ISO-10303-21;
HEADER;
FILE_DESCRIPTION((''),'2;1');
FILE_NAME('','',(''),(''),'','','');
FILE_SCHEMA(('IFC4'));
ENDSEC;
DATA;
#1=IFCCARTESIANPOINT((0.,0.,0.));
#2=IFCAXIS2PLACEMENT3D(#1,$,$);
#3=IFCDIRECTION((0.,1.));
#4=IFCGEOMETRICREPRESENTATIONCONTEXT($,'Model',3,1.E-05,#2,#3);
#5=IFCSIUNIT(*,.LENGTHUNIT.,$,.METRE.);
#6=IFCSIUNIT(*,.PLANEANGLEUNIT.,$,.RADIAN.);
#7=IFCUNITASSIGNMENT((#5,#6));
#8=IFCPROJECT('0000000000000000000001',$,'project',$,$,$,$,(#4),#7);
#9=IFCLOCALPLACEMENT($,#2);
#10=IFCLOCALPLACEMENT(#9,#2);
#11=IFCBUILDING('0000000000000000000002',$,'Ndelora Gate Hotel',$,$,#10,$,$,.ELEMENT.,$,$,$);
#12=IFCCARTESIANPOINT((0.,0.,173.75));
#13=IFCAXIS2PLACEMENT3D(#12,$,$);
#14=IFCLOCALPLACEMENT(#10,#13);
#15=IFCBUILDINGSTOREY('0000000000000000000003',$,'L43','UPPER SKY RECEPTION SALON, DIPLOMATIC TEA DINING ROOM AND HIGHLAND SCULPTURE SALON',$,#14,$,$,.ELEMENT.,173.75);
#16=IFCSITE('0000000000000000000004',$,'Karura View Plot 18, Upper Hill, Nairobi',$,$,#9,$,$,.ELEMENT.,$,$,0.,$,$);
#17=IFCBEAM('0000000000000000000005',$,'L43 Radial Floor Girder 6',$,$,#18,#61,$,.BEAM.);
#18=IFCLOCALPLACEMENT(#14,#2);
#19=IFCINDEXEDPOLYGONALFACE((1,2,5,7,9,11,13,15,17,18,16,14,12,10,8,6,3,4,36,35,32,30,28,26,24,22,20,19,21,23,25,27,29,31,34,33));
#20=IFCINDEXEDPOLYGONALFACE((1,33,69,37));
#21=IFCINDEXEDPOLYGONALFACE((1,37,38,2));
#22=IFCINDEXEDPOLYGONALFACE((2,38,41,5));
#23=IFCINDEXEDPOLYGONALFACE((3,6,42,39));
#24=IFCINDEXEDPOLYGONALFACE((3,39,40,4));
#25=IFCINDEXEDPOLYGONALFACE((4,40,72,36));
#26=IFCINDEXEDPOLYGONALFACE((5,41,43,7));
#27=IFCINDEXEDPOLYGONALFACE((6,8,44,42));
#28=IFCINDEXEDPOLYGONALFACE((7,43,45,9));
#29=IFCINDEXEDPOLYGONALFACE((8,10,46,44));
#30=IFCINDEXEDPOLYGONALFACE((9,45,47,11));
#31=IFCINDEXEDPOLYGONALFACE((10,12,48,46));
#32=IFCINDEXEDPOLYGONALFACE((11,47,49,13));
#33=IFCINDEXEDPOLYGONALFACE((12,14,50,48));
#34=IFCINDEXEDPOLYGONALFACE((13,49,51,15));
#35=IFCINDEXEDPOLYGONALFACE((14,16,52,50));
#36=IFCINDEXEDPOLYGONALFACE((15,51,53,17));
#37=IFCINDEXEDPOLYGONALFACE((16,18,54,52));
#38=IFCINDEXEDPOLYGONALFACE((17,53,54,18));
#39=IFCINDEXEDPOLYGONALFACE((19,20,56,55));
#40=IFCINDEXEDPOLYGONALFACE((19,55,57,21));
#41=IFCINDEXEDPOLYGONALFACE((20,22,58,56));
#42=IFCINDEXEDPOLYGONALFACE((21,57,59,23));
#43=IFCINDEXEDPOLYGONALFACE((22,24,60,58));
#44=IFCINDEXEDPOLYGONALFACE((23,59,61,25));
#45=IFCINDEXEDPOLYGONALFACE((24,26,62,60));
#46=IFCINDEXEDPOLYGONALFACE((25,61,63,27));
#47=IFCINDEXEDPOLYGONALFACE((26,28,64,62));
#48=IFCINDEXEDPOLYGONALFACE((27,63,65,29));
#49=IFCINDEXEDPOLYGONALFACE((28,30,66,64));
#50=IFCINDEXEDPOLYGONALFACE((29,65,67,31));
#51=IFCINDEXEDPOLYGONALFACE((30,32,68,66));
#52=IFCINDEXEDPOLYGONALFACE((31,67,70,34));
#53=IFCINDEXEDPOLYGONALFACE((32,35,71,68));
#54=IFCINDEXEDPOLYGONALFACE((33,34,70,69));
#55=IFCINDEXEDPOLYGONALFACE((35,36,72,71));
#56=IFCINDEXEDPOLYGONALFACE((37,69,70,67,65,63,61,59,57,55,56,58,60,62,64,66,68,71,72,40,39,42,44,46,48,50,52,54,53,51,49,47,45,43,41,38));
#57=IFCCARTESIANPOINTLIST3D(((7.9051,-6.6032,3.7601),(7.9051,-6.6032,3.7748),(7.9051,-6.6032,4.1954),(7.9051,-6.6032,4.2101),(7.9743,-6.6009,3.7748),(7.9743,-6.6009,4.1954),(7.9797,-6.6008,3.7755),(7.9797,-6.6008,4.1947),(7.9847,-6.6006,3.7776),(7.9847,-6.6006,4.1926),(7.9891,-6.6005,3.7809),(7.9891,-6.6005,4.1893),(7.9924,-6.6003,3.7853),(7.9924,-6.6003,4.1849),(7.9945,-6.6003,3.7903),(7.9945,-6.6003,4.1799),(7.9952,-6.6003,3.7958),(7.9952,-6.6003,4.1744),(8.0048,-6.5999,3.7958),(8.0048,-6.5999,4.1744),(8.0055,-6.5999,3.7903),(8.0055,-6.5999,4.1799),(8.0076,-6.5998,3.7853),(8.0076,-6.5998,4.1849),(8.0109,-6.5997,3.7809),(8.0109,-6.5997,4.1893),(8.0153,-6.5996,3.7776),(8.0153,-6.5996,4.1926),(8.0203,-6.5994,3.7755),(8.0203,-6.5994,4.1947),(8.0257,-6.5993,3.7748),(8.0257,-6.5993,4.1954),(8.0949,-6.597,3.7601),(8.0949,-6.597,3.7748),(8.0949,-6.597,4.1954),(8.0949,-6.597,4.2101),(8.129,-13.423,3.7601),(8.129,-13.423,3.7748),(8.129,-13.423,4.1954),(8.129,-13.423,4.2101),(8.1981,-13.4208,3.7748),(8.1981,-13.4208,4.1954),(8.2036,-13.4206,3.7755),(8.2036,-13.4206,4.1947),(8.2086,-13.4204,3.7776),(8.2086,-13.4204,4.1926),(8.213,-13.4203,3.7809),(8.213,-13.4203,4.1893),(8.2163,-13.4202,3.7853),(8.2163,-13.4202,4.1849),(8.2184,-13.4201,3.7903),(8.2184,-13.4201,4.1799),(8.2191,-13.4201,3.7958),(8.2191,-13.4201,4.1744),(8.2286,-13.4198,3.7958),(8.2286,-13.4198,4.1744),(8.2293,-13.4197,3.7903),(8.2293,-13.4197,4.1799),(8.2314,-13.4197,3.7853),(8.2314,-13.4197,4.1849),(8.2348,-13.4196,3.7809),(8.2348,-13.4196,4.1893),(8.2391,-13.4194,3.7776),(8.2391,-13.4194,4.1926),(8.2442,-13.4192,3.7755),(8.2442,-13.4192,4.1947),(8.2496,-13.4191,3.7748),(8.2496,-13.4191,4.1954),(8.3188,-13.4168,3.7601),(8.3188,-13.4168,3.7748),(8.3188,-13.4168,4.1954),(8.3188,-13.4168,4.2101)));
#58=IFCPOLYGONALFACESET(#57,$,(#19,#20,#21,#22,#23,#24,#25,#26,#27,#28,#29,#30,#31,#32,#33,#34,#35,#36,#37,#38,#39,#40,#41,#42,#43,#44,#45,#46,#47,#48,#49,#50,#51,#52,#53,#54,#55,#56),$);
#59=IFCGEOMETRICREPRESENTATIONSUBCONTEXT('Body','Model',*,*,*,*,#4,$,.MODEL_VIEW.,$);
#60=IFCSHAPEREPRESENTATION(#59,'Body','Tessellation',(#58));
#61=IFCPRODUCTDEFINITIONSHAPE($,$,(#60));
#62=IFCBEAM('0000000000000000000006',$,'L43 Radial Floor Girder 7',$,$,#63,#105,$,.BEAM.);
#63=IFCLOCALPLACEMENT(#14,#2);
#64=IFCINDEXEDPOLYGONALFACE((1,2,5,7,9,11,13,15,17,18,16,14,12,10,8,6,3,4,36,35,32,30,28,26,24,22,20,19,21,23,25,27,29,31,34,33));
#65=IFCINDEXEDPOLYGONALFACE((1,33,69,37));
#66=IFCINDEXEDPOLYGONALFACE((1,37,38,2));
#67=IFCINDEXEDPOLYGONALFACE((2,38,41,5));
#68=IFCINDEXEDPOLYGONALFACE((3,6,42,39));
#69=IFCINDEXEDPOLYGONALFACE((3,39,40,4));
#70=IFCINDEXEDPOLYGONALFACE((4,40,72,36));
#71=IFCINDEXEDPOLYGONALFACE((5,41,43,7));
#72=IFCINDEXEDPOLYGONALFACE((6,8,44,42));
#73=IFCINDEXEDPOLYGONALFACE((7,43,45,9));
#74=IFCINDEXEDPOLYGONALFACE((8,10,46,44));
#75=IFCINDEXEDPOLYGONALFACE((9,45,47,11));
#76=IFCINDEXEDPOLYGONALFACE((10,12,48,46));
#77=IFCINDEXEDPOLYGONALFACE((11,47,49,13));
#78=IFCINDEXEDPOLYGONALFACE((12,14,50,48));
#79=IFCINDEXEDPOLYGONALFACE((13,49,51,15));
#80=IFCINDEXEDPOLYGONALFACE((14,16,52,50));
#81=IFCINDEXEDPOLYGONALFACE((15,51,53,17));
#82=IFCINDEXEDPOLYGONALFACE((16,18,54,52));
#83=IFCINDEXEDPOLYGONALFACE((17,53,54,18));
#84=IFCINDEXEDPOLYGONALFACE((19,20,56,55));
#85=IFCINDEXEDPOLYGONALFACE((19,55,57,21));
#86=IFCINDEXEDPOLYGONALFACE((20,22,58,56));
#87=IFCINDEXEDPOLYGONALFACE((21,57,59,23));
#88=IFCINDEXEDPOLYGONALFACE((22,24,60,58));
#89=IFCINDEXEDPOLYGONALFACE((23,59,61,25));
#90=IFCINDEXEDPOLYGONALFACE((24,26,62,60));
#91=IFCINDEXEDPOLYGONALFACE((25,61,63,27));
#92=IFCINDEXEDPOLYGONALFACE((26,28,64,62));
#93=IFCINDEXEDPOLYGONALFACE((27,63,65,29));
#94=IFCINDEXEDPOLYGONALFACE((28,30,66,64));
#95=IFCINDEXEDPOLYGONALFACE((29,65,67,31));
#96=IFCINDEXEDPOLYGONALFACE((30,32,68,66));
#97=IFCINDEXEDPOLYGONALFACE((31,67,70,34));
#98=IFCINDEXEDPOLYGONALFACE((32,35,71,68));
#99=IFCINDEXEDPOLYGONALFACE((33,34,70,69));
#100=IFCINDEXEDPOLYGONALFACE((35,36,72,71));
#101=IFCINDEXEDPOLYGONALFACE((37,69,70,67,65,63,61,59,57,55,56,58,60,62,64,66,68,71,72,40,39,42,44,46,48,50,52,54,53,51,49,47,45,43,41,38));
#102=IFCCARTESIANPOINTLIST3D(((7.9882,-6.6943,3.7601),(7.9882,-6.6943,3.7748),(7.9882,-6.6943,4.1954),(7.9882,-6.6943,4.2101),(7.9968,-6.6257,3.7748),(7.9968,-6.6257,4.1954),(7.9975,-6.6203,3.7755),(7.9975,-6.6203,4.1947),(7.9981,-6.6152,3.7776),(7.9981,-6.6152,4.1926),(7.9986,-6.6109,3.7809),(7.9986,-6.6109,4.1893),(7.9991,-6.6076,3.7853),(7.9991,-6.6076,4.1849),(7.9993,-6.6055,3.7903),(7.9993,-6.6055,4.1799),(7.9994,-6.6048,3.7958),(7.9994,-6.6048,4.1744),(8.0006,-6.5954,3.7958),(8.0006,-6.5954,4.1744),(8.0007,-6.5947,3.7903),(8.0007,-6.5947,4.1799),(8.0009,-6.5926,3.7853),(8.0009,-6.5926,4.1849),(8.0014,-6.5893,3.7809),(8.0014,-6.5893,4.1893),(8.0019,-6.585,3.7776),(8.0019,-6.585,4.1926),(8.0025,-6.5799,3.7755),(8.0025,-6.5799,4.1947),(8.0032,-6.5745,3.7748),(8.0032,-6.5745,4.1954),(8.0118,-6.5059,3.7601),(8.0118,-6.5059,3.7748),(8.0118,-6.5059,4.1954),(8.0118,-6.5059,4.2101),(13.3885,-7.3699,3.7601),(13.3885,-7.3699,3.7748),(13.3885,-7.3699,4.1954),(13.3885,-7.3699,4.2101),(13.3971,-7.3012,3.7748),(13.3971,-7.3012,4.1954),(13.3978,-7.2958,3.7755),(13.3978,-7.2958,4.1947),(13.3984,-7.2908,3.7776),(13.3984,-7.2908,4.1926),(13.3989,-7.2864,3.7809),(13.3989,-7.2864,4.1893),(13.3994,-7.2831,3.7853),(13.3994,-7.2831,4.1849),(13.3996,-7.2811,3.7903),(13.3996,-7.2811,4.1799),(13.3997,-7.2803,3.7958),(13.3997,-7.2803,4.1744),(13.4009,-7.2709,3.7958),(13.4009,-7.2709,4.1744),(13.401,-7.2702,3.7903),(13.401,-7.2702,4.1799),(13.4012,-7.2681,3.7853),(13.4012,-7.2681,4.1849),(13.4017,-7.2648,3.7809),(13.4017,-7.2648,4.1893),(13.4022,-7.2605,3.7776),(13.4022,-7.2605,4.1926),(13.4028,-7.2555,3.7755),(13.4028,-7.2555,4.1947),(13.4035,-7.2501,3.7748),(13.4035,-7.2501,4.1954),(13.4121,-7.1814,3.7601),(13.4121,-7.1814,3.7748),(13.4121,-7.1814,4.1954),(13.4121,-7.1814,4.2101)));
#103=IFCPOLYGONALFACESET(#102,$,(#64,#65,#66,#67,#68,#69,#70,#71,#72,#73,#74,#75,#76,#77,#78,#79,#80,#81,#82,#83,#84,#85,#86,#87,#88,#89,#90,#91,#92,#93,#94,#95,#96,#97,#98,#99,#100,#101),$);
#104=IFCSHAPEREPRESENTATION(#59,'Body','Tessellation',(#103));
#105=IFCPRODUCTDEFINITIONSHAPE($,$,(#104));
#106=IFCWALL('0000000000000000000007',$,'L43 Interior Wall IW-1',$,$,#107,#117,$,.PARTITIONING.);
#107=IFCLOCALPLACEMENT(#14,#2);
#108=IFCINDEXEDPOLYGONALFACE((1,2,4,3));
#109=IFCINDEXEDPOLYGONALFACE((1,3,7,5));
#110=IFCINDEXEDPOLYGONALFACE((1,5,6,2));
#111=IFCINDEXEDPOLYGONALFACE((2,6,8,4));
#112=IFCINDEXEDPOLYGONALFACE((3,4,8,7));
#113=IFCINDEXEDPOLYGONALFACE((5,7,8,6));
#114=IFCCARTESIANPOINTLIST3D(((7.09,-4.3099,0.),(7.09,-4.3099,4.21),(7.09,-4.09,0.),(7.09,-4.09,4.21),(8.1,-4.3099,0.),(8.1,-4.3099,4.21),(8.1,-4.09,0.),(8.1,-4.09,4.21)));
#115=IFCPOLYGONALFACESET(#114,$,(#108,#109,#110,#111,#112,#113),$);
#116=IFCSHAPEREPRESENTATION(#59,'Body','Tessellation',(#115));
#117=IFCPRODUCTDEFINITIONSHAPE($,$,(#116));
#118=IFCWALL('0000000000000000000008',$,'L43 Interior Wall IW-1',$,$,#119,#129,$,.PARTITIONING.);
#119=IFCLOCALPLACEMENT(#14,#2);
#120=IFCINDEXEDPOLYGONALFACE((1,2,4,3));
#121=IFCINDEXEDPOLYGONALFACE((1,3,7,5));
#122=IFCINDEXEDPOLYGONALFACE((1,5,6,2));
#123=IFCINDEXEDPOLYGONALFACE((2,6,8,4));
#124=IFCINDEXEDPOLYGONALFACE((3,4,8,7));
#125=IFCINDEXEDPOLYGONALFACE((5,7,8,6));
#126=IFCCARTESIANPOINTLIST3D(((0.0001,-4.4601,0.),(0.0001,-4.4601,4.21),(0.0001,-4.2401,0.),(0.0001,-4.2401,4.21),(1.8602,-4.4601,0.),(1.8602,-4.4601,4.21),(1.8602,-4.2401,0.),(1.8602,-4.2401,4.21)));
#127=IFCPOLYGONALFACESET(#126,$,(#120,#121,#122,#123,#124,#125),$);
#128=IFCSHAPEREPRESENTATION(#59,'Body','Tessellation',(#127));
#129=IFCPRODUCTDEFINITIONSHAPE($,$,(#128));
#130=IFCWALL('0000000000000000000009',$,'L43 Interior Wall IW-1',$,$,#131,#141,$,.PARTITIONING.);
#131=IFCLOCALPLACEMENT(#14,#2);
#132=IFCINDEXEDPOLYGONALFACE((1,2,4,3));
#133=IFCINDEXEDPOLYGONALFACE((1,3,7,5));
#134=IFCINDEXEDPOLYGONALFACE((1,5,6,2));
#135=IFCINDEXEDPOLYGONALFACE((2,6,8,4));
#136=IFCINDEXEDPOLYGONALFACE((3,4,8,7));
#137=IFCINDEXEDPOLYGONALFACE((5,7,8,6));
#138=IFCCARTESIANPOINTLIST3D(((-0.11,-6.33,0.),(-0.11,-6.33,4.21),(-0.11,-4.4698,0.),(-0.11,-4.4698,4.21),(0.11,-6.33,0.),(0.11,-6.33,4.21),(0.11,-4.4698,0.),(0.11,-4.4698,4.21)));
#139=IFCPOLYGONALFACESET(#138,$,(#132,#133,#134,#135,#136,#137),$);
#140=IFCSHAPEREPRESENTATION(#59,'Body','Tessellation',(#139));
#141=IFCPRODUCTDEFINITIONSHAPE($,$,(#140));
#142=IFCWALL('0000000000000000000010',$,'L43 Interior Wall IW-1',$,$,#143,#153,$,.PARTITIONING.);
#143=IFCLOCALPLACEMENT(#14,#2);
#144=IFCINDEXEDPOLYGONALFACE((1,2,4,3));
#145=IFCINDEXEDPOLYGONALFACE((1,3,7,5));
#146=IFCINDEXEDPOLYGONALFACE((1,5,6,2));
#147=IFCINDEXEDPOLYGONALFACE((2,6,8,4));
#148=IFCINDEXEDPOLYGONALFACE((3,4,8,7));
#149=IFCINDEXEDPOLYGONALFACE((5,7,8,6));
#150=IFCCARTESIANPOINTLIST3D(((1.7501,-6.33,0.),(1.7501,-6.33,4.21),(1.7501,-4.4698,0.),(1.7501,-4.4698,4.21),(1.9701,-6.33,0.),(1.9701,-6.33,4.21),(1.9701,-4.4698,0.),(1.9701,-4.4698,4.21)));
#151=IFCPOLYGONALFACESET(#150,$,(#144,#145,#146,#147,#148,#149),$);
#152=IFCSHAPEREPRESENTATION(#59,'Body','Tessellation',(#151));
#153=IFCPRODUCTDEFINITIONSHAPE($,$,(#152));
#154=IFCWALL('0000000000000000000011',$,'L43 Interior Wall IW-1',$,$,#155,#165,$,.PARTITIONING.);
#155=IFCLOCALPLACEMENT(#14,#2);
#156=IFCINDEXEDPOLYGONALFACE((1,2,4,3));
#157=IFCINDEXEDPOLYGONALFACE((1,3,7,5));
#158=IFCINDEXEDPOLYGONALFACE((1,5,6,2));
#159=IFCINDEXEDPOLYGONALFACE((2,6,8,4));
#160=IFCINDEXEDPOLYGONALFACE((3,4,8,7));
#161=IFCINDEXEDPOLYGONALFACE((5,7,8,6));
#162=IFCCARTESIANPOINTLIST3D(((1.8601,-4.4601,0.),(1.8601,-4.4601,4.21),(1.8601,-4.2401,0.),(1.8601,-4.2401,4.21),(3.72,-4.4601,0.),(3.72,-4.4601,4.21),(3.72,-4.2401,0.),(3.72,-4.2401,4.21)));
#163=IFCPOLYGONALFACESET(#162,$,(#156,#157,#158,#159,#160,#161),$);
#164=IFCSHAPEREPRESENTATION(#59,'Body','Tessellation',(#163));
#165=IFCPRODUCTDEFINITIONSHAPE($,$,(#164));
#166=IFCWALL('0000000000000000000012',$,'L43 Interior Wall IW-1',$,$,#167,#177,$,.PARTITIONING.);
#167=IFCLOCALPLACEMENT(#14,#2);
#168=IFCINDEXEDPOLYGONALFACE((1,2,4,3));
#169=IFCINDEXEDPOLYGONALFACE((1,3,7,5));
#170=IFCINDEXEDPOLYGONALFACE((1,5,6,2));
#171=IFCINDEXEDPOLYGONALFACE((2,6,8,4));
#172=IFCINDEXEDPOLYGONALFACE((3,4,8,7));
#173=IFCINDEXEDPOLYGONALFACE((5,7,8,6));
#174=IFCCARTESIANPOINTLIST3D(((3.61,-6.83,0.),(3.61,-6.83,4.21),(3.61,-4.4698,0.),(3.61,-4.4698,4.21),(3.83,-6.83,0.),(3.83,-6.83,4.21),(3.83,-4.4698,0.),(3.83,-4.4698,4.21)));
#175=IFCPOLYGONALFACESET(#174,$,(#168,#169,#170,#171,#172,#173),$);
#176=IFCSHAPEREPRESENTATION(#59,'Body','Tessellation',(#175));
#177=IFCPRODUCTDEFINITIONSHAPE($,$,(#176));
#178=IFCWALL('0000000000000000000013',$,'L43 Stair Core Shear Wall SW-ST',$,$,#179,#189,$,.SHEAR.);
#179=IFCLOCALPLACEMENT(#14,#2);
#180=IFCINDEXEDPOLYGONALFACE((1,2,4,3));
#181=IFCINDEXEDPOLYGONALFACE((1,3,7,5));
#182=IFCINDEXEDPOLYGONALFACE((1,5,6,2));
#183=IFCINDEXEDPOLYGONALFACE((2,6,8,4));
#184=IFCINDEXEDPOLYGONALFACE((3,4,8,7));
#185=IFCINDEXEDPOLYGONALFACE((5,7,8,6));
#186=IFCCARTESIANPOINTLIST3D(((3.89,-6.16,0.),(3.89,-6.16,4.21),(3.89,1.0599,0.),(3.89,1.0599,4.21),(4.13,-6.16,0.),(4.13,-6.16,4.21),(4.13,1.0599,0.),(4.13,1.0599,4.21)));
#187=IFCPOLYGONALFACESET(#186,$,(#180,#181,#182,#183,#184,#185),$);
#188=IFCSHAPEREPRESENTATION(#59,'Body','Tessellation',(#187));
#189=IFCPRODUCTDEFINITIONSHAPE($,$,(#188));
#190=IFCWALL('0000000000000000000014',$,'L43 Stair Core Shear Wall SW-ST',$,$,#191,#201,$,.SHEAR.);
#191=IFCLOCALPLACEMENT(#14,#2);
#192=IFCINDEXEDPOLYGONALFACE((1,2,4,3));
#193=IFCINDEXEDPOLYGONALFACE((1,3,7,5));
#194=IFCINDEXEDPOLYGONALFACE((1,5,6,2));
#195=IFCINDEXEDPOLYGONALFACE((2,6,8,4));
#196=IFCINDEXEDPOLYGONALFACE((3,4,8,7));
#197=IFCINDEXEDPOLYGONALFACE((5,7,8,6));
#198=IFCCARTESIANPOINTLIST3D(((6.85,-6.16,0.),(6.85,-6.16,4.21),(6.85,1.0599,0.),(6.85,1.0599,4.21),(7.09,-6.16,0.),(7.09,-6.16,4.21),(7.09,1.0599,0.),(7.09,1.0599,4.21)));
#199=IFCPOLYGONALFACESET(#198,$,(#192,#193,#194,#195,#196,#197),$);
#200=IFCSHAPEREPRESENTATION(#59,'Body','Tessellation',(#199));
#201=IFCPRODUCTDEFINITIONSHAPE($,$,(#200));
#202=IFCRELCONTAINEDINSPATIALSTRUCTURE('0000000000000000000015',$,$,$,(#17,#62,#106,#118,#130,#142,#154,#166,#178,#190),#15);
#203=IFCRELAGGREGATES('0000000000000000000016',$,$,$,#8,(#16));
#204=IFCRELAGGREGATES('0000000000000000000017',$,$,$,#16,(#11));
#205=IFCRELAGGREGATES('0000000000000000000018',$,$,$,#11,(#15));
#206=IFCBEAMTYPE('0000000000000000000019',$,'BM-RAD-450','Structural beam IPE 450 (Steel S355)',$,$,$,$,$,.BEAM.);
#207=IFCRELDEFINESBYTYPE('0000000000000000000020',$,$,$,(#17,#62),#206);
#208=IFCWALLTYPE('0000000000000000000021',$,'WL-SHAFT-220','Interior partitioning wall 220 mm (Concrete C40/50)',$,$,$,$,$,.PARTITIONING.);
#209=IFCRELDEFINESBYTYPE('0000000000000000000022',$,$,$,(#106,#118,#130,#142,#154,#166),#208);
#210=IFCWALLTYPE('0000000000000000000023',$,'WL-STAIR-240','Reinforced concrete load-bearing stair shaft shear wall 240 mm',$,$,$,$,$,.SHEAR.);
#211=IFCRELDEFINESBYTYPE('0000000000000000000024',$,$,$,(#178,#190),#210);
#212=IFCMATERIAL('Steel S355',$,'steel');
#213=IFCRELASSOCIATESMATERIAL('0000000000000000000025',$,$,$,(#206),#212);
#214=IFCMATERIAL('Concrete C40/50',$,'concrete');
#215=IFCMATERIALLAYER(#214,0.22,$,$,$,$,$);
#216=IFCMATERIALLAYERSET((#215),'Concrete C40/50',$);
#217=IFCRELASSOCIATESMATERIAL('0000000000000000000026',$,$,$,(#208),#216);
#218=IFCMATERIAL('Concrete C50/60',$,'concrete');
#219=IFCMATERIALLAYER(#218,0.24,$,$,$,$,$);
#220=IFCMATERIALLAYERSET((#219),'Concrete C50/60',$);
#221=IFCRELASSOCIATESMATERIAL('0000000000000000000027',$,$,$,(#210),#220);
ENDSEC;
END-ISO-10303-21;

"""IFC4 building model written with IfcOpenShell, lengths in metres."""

from ifc_helpers import new_model, si_unit, direction, frame, frame_2d, origin, origin_2d, place, context, subcontext, project, spatial, rectangle, i_section, extrude, material, layer, layer_set, material_profile, profile_set, type_object, element, save


model = new_model("IFC4")

# Units and contexts
model_context = context("Model", 3, precision=1e-05, world=origin(), true_north=direction((0.0, 1.0)))
body_context = subcontext(model_context, "Body", "Model", "MODEL_VIEW")
ifc_project = project(units=[si_unit("LENGTHUNIT", "METRE"), si_unit("PLANEANGLEUNIT", "RADIAN")], contexts=[model_context])

# Site, building, storey
site_placement = place(None, origin())
site = spatial("IfcSite", under=ifc_project, at=site_placement, Name="Karura View Plot 18, Upper Hill, Nairobi", CompositionType="ELEMENT", RefElevation=0.0)
building_placement = place(site_placement, origin())
building = spatial("IfcBuilding", under=site, at=building_placement, Name="Ndelora Gate Hotel", CompositionType="ELEMENT")
storey_placement = place(building_placement, frame((0.0, 0.0, 173.75)))
storey = spatial("IfcBuildingStorey", under=building, at=storey_placement, Name="L43", Description="UPPER SKY RECEPTION SALON, DIPLOMATIC TEA DINING ROOM AND HIGHLAND SCULPTURE SALON", CompositionType="ELEMENT", Elevation=173.75)

# Shared definitions
ifc_material_1 = material(Name="Concrete C50/60", Category="concrete")

# Beams
ifc_material_2 = material(Name="Steel S355", Category="steel")
ifc_material_profile_1 = material_profile(ifc_material_2, i_section(OverallWidth=0.1899, OverallDepth=0.45, WebThickness=0.0095, FlangeThickness=0.0146, FilletRadius=0.021, at=origin_2d()), Name="IPE 450")
ifc_profile_set_1 = profile_set([ifc_material_profile_1], Name="Steel S355")
beam_type_1 = type_object("IfcBeamType", Name="BM-RAD-450", Description="Structural beam IPE 450 (Steel S355)", PredefinedType="BEAM", material=ifc_profile_set_1)
beam_1_placement = place(storey_placement, frame((8.0, -6.6001, 3.9851), z_axis=(0.03281, -0.999462, 0.0), x_axis=(0.999462, 0.03281, 0.0)))
element("IfcBeam", 1, at=beam_1_placement, inside=storey, type_object=beam_type_1, Name="L43 Radial Floor Girder 6", PredefinedType="BEAM", context=body_context, shape_type="SweptSolid", body=[
    extrude(i_section(OverallWidth=0.1899, OverallDepth=0.45, WebThickness=0.0095, FlangeThickness=0.0146, FilletRadius=0.021, at=origin_2d()), origin(), (0.0, 0.0, 1.0), 6.8235),
])
beam_2_placement = place(storey_placement, frame((8.0, -6.6001, 3.9851), z_axis=(0.992267, -0.124123, 0.0), x_axis=(0.124123, 0.992267, 0.0)))
element("IfcBeam", 2, at=beam_2_placement, inside=storey, type_object=beam_type_1, Name="L43 Radial Floor Girder 7", PredefinedType="BEAM", context=body_context, shape_type="SweptSolid", body=[
    extrude(i_section(OverallWidth=0.1899, OverallDepth=0.45, WebThickness=0.0095, FlangeThickness=0.0146, FilletRadius=0.021, at=origin_2d()), origin(), (0.0, 0.0, 1.0), 5.4424),
])

# Wall
ifc_material_3 = material(Name="Concrete C40/50", Category="concrete")
ifc_layer_1 = layer(ifc_material_3, 0.22)
ifc_layer_set_1 = layer_set([ifc_layer_1], Name="Concrete C40/50")
wall_type_1 = type_object("IfcWallType", Name="WL-SHAFT-220", Description="Interior partitioning wall 220 mm (Concrete C40/50)", PredefinedType="PARTITIONING", material=ifc_layer_set_1)
wall_1_placement = place(storey_placement, frame((7.0901, -4.2, 0.0), z_axis=(0.0, 0.0, 1.0), x_axis=(1.0, 0.0, 0.0)))
element("IfcWall", 3, at=wall_1_placement, inside=storey, type_object=wall_type_1, Name="L43 Interior Wall IW-1", PredefinedType="PARTITIONING", context=body_context, shape_type="SweptSolid", body=[
    extrude(rectangle(XDim=1.01, YDim=0.22, at=frame_2d((0.5049, 0.0))), origin(), (0.0, 0.0, 1.0), 4.21),
])

# Walls
for number, where, z_axis, x_axis, name in (
    (4, (0.0, -4.3501, 0.0), (0.0, 0.0, 1.0), (1.0, 0.0, 0.0), "L43 Interior Wall IW-1"),
    (5, (0.0, -6.3301, 0.0), (0.0, 0.0, 1.0), (0.0, 1.0, 0.0), "L43 Interior Wall IW-1"),
    (6, (1.8601, -6.3301, 0.0), (0.0, 0.0, 1.0), (0.0, 1.0, 0.0), "L43 Interior Wall IW-1"),
):
    element("IfcWall", number, at=place(storey_placement, frame(where, z_axis=z_axis, x_axis=x_axis)), inside=storey, type_object=wall_type_1, Name=name, PredefinedType="PARTITIONING", context=body_context, shape_type="SweptSolid", body=[
        extrude(rectangle(XDim=1.8601, YDim=0.22, at=frame_2d((0.9302, 0.0))), origin(), (0.0, 0.0, 1.0), 4.21),
    ])

# Walls
wall_2_placement = place(storey_placement, frame((1.8601, -4.3501, 0.0), z_axis=(0.0, 0.0, 1.0), x_axis=(1.0, 0.0, 0.0)))
element("IfcWall", 7, at=wall_2_placement, inside=storey, type_object=wall_type_1, Name="L43 Interior Wall IW-1", PredefinedType="PARTITIONING", context=body_context, shape_type="SweptSolid", body=[
    extrude(rectangle(XDim=1.8599, YDim=0.22, at=frame_2d((0.9299, 0.0))), origin(), (0.0, 0.0, 1.0), 4.21),
])
wall_3_placement = place(storey_placement, frame((3.72, -6.8301, 0.0), z_axis=(0.0, 0.0, 1.0), x_axis=(0.0, 1.0, 0.0)))
element("IfcWall", 8, at=wall_3_placement, inside=storey, type_object=wall_type_1, Name="L43 Interior Wall IW-1", PredefinedType="PARTITIONING", context=body_context, shape_type="SweptSolid", body=[
    extrude(rectangle(XDim=2.3601, YDim=0.22, at=frame_2d((1.1802, 0.0))), origin(), (0.0, 0.0, 1.0), 4.21),
])
ifc_layer_2 = layer(ifc_material_1, 0.24)
ifc_layer_set_2 = layer_set([ifc_layer_2], Name="Concrete C50/60")
wall_type_2 = type_object("IfcWallType", Name="WL-STAIR-240", Description="Reinforced concrete load-bearing stair shaft shear wall 240 mm", PredefinedType="SHEAR", material=ifc_layer_set_2)
for number, where, z_axis, x_axis, name in (
    (9, (4.01, -6.1599, 0.0), (0.0, 0.0, 1.0), (0.0, 1.0, 0.0), "L43 Stair Core Shear Wall SW-ST"),
    (10, (6.97, -6.1599, 0.0), (0.0, 0.0, 1.0), (0.0, 1.0, 0.0), "L43 Stair Core Shear Wall SW-ST"),
):
    element("IfcWall", number, at=place(storey_placement, frame(where, z_axis=z_axis, x_axis=x_axis)), inside=storey, type_object=wall_type_2, Name=name, PredefinedType="SHEAR", context=body_context, shape_type="SweptSolid", body=[
        extrude(rectangle(XDim=7.22, YDim=0.24, at=frame_2d((3.6099, 0.0))), origin(), (0.0, 0.0, 1.0), 4.21),
    ])

save(model, "model.ifc")
